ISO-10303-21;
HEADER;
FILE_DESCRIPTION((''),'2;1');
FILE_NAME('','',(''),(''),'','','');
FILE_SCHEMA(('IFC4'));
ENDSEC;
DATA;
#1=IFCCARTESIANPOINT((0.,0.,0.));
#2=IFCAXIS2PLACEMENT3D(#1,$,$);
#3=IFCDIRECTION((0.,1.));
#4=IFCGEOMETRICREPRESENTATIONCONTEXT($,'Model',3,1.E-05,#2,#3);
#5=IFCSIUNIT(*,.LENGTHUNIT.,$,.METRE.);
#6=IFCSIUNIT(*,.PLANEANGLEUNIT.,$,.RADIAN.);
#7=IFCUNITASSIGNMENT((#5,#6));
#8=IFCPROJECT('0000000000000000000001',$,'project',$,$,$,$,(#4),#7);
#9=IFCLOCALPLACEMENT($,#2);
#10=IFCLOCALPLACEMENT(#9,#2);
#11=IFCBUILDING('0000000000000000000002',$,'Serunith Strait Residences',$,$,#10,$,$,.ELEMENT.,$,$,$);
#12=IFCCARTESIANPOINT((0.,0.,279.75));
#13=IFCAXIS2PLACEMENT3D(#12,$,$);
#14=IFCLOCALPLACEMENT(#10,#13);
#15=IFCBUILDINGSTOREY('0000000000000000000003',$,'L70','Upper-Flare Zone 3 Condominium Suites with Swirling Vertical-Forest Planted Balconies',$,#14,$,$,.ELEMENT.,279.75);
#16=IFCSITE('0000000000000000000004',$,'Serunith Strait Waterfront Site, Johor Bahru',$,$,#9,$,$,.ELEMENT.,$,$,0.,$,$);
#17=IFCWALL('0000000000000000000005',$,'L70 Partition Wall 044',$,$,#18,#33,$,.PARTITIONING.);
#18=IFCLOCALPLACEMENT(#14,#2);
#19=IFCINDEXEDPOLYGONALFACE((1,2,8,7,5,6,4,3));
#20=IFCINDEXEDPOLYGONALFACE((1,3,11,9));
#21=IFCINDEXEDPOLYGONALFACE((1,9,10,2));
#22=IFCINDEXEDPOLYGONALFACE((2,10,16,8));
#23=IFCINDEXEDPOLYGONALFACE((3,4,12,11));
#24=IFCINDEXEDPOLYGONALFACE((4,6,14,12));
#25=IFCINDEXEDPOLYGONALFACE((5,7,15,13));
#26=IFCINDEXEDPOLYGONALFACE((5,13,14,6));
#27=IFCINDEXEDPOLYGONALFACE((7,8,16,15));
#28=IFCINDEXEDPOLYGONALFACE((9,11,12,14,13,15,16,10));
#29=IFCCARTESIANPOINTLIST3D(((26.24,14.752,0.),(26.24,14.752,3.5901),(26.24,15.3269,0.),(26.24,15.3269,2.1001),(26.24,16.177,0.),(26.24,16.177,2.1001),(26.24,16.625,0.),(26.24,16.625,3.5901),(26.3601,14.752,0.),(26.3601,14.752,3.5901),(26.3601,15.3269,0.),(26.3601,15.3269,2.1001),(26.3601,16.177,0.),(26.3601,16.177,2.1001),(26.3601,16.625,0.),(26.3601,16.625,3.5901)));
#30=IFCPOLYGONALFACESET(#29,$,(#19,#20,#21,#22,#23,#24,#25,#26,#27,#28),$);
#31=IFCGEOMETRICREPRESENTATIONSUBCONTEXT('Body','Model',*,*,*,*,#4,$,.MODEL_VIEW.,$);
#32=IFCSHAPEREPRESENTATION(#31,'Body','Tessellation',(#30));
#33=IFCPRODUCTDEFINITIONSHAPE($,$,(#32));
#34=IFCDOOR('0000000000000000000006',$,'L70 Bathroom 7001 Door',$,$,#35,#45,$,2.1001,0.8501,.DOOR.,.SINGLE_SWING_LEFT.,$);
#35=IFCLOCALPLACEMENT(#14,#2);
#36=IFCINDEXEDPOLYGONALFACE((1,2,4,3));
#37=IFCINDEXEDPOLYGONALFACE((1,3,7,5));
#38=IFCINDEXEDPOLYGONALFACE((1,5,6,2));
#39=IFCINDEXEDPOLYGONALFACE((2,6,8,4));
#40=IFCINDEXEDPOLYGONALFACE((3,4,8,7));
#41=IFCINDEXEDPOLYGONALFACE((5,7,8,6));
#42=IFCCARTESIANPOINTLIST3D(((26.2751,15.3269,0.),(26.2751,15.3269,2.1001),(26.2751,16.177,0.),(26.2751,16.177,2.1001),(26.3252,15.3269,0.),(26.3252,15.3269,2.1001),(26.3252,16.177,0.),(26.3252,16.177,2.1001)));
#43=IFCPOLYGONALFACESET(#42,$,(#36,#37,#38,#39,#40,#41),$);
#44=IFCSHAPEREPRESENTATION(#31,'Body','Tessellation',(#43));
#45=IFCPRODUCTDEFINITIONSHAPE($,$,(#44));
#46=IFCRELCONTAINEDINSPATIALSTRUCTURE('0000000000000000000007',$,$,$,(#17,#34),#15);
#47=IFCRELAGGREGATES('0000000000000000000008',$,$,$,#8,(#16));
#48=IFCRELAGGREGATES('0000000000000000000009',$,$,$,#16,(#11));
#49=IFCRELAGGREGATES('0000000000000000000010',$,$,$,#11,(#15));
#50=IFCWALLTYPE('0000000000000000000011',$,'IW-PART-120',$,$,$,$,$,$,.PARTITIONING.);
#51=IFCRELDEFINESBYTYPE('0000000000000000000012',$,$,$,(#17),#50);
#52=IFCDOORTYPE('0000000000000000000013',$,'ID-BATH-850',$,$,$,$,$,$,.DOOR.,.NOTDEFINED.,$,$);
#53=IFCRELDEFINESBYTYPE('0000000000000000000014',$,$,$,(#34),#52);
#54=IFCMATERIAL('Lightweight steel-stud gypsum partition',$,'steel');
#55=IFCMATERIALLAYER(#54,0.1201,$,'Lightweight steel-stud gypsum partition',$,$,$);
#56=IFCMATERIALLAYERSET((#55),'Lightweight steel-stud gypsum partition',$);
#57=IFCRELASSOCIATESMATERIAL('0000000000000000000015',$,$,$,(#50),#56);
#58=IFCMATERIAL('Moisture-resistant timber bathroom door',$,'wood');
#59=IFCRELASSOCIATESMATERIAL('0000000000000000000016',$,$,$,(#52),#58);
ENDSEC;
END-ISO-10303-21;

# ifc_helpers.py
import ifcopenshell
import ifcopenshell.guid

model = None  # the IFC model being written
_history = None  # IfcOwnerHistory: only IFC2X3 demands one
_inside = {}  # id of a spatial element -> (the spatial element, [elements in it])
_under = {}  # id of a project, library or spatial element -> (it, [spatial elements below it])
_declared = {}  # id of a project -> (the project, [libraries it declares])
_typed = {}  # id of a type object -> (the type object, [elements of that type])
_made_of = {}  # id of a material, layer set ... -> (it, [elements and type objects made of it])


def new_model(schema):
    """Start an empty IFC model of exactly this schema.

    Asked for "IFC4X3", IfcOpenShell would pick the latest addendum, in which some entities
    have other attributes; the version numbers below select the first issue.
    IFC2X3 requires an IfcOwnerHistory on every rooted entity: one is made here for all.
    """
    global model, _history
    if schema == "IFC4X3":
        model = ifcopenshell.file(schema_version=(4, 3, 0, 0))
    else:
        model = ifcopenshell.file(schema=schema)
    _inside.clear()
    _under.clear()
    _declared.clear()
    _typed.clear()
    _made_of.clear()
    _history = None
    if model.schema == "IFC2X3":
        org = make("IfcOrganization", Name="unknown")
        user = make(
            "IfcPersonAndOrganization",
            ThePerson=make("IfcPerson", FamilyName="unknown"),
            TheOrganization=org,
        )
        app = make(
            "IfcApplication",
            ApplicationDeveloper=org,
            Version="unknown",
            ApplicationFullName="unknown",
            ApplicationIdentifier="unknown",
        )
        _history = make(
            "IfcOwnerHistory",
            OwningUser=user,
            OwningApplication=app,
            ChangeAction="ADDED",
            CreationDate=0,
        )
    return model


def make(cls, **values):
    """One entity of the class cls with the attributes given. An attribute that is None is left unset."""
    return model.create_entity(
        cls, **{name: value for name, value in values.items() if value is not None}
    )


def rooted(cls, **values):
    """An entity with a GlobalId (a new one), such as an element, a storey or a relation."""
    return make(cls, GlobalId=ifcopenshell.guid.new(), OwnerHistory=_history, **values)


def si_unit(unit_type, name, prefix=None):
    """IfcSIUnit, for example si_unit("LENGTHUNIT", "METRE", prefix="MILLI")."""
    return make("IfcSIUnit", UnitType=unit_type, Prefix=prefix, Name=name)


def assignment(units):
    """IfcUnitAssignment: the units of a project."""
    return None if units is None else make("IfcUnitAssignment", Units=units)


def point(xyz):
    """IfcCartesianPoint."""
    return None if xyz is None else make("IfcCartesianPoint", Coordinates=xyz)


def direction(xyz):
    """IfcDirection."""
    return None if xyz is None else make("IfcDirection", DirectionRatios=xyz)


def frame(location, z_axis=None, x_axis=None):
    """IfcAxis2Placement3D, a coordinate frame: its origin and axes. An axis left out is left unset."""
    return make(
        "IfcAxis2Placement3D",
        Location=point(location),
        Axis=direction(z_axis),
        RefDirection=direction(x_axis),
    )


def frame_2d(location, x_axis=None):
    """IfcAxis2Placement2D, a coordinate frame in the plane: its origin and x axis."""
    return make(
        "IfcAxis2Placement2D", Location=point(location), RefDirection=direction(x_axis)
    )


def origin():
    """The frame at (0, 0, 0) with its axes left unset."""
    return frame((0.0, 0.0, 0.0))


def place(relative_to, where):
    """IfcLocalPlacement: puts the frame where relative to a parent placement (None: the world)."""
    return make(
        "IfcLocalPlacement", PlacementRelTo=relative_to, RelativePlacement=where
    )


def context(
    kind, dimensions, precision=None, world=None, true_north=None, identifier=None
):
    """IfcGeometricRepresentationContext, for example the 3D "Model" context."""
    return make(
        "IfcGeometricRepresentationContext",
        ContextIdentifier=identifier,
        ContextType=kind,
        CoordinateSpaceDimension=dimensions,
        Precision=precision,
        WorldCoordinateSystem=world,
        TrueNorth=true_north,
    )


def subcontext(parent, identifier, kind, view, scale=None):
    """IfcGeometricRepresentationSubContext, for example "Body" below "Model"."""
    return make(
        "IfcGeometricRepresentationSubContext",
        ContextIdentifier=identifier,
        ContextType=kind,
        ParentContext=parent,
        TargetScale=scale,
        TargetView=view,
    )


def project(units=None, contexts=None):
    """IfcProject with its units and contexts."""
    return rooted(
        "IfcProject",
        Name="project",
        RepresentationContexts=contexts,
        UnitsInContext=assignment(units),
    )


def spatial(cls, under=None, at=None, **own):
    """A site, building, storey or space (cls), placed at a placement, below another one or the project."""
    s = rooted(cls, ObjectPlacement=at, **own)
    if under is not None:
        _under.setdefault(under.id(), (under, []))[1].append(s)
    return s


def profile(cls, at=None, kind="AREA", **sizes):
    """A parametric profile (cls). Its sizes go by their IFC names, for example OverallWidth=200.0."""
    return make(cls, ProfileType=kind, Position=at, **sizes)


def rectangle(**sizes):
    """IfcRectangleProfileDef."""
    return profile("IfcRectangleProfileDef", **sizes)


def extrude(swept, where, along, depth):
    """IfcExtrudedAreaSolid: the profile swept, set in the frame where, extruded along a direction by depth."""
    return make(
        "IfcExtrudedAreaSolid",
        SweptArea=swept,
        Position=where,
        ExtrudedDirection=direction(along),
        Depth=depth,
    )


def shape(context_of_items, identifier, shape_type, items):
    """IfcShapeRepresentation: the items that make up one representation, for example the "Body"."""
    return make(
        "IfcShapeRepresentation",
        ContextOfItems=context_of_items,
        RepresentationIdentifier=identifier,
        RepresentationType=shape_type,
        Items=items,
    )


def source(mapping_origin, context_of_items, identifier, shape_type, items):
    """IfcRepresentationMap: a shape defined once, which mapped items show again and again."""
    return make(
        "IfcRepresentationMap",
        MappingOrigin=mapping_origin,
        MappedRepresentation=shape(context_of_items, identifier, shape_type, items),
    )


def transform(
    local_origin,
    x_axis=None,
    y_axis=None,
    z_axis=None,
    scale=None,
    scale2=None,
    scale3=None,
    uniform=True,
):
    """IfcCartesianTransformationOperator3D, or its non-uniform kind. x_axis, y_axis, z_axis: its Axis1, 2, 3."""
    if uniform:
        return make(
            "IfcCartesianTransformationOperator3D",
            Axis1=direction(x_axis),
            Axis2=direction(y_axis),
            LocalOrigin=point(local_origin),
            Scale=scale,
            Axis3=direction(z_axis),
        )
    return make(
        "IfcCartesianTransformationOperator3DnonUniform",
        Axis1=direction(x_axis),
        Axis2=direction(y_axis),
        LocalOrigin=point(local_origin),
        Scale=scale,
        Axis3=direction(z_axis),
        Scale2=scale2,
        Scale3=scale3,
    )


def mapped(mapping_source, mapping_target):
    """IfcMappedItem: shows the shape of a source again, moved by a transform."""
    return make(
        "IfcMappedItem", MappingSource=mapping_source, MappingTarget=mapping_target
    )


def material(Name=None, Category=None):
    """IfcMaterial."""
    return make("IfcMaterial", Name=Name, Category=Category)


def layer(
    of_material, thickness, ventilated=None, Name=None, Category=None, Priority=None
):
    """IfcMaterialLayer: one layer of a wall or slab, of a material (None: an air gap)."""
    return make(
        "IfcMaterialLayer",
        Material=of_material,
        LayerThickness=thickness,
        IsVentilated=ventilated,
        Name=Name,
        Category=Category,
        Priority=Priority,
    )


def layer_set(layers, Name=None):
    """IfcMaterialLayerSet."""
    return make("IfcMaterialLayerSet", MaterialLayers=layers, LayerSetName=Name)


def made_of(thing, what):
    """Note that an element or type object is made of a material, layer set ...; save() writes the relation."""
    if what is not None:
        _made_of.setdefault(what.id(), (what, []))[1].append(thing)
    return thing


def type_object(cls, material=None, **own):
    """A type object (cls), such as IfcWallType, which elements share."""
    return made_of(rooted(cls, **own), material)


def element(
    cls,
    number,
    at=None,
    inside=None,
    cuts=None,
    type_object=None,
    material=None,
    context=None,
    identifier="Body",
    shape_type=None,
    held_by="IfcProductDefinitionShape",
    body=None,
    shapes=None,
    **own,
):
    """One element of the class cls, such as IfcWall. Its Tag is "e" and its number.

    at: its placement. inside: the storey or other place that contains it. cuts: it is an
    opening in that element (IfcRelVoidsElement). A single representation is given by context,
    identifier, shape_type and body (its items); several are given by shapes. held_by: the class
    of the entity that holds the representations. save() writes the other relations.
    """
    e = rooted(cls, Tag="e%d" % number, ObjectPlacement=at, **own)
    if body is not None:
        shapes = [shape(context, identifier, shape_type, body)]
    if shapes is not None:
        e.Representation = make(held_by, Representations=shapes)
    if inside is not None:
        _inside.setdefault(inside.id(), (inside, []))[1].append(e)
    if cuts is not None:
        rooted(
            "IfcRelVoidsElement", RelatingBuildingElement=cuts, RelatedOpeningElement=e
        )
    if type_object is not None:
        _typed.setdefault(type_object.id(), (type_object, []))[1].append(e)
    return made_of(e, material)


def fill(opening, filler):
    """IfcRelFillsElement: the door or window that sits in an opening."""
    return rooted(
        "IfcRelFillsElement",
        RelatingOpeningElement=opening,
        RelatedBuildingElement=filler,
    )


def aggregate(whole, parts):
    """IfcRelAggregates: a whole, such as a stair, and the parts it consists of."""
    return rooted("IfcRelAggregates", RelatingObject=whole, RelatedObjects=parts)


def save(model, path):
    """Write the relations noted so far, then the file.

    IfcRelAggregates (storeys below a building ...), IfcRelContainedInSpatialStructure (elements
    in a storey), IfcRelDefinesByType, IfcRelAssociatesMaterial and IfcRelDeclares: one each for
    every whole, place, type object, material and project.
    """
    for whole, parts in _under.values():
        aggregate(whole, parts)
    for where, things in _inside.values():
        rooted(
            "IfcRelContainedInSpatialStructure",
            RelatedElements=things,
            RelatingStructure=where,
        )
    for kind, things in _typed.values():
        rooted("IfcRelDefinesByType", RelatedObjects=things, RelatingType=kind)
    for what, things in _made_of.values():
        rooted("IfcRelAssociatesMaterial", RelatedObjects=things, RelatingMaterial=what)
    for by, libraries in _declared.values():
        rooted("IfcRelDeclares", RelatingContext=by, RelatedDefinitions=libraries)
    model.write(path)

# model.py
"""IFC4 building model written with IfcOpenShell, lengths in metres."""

from ifc_helpers import new_model, si_unit, direction, frame, frame_2d, origin, place, context, subcontext, project, spatial, rectangle, extrude, source, transform, mapped, material, layer, layer_set, type_object, element, fill, save


model = new_model("IFC4")

# Units and contexts
model_context = context("Model", 3, precision=1e-05, world=origin(), true_north=direction((0.0, 1.0)))
body_context = subcontext(model_context, "Body", "Model", "MODEL_VIEW")
ifc_project = project(units=[si_unit("LENGTHUNIT", "METRE"), si_unit("PLANEANGLEUNIT", "RADIAN")], contexts=[model_context])

# Site, building, storey
site_placement = place(None, origin())
site = spatial("IfcSite", under=ifc_project, at=site_placement, Name="Serunith Strait Waterfront Site, Johor Bahru", CompositionType="ELEMENT", RefElevation=0.0)
building_placement = place(site_placement, origin())
building = spatial("IfcBuilding", under=site, at=building_placement, Name="Serunith Strait Residences", CompositionType="ELEMENT")
storey_placement = place(building_placement, frame((0.0, 0.0, 279.75)))
storey = spatial("IfcBuildingStorey", under=building, at=storey_placement, Name="L70", Description="Upper-Flare Zone 3 Condominium Suites with Swirling Vertical-Forest Planted Balconies", CompositionType="ELEMENT", Elevation=279.75)

# Shared definitions
ifc_material_1 = material(Name="Lightweight steel-stud gypsum partition", Category="steel")
ifc_layer_1 = layer(ifc_material_1, 0.1201, Name="Lightweight steel-stud gypsum partition")
ifc_layer_set_1 = layer_set([ifc_layer_1], Name="Lightweight steel-stud gypsum partition")
wall_type_1 = type_object("IfcWallType", Name="IW-PART-120", PredefinedType="PARTITIONING", material=ifc_layer_set_1)

# Shared definitions
ifc_material_2 = material(Name="Moisture-resistant timber bathroom door", Category="wood")
door_type_1 = type_object("IfcDoorType", Name="ID-BATH-850", OperationType="NOTDEFINED", PredefinedType="DOOR", material=ifc_material_2)
shared_shape_1 = source(origin(), body_context, "Body", "SweptSolid", [
    extrude(rectangle(XDim=0.8501, YDim=2.1001, at=frame_2d((0.425, 1.05))), frame((0.0, 0.0249, 0.0), z_axis=(0.0, -1.0, 0.0), x_axis=(1.0, 0.0, 0.0)), (0.0, 0.0, 1.0), 0.05),
])

# Wall, opening, door
wall_1_placement = place(storey_placement, frame((26.3, 14.752, 0.0), z_axis=(0.0, 0.0, 1.0), x_axis=(0.0, 1.0, 0.0)))
wall_1 = element("IfcWall", 1, at=wall_1_placement, inside=storey, type_object=wall_type_1, Name="L70 Partition Wall 044", PredefinedType="PARTITIONING", context=body_context, shape_type="SweptSolid", body=[
    extrude(rectangle(XDim=1.873, YDim=0.1201, at=frame_2d((0.9365, 0.0))), origin(), (0.0, 0.0, 1.0), 3.5901),
])
opening_1_placement = place(wall_1_placement, frame((0.575, 0.0, 0.0)))
opening_1 = element("IfcOpeningElement", 2, at=opening_1_placement, cuts=wall_1, PredefinedType="OPENING", context=body_context, shape_type="SweptSolid", body=[
    extrude(rectangle(XDim=0.8501, YDim=2.1001, at=frame_2d((0.425, 1.05))), frame((0.0, 0.0701, 0.0), z_axis=(0.0, -1.0, 0.0), x_axis=(1.0, 0.0, 0.0)), (0.0, 0.0, 1.0), 0.1401),
])
door_1_placement = place(opening_1_placement, origin())
door_1 = element("IfcDoor", 3, at=door_1_placement, inside=storey, type_object=door_type_1, Name="L70 Bathroom 7001 Door", OperationType="SINGLE_SWING_LEFT", OverallHeight=2.1001, OverallWidth=0.8501, PredefinedType="DOOR", context=body_context, shape_type="MappedRepresentation", body=[
    mapped(shared_shape_1, transform((0.0, 0.0, 0.0), scale=1.0)),
])
fill(opening_1, door_1)

save(model, "model.ifc")
